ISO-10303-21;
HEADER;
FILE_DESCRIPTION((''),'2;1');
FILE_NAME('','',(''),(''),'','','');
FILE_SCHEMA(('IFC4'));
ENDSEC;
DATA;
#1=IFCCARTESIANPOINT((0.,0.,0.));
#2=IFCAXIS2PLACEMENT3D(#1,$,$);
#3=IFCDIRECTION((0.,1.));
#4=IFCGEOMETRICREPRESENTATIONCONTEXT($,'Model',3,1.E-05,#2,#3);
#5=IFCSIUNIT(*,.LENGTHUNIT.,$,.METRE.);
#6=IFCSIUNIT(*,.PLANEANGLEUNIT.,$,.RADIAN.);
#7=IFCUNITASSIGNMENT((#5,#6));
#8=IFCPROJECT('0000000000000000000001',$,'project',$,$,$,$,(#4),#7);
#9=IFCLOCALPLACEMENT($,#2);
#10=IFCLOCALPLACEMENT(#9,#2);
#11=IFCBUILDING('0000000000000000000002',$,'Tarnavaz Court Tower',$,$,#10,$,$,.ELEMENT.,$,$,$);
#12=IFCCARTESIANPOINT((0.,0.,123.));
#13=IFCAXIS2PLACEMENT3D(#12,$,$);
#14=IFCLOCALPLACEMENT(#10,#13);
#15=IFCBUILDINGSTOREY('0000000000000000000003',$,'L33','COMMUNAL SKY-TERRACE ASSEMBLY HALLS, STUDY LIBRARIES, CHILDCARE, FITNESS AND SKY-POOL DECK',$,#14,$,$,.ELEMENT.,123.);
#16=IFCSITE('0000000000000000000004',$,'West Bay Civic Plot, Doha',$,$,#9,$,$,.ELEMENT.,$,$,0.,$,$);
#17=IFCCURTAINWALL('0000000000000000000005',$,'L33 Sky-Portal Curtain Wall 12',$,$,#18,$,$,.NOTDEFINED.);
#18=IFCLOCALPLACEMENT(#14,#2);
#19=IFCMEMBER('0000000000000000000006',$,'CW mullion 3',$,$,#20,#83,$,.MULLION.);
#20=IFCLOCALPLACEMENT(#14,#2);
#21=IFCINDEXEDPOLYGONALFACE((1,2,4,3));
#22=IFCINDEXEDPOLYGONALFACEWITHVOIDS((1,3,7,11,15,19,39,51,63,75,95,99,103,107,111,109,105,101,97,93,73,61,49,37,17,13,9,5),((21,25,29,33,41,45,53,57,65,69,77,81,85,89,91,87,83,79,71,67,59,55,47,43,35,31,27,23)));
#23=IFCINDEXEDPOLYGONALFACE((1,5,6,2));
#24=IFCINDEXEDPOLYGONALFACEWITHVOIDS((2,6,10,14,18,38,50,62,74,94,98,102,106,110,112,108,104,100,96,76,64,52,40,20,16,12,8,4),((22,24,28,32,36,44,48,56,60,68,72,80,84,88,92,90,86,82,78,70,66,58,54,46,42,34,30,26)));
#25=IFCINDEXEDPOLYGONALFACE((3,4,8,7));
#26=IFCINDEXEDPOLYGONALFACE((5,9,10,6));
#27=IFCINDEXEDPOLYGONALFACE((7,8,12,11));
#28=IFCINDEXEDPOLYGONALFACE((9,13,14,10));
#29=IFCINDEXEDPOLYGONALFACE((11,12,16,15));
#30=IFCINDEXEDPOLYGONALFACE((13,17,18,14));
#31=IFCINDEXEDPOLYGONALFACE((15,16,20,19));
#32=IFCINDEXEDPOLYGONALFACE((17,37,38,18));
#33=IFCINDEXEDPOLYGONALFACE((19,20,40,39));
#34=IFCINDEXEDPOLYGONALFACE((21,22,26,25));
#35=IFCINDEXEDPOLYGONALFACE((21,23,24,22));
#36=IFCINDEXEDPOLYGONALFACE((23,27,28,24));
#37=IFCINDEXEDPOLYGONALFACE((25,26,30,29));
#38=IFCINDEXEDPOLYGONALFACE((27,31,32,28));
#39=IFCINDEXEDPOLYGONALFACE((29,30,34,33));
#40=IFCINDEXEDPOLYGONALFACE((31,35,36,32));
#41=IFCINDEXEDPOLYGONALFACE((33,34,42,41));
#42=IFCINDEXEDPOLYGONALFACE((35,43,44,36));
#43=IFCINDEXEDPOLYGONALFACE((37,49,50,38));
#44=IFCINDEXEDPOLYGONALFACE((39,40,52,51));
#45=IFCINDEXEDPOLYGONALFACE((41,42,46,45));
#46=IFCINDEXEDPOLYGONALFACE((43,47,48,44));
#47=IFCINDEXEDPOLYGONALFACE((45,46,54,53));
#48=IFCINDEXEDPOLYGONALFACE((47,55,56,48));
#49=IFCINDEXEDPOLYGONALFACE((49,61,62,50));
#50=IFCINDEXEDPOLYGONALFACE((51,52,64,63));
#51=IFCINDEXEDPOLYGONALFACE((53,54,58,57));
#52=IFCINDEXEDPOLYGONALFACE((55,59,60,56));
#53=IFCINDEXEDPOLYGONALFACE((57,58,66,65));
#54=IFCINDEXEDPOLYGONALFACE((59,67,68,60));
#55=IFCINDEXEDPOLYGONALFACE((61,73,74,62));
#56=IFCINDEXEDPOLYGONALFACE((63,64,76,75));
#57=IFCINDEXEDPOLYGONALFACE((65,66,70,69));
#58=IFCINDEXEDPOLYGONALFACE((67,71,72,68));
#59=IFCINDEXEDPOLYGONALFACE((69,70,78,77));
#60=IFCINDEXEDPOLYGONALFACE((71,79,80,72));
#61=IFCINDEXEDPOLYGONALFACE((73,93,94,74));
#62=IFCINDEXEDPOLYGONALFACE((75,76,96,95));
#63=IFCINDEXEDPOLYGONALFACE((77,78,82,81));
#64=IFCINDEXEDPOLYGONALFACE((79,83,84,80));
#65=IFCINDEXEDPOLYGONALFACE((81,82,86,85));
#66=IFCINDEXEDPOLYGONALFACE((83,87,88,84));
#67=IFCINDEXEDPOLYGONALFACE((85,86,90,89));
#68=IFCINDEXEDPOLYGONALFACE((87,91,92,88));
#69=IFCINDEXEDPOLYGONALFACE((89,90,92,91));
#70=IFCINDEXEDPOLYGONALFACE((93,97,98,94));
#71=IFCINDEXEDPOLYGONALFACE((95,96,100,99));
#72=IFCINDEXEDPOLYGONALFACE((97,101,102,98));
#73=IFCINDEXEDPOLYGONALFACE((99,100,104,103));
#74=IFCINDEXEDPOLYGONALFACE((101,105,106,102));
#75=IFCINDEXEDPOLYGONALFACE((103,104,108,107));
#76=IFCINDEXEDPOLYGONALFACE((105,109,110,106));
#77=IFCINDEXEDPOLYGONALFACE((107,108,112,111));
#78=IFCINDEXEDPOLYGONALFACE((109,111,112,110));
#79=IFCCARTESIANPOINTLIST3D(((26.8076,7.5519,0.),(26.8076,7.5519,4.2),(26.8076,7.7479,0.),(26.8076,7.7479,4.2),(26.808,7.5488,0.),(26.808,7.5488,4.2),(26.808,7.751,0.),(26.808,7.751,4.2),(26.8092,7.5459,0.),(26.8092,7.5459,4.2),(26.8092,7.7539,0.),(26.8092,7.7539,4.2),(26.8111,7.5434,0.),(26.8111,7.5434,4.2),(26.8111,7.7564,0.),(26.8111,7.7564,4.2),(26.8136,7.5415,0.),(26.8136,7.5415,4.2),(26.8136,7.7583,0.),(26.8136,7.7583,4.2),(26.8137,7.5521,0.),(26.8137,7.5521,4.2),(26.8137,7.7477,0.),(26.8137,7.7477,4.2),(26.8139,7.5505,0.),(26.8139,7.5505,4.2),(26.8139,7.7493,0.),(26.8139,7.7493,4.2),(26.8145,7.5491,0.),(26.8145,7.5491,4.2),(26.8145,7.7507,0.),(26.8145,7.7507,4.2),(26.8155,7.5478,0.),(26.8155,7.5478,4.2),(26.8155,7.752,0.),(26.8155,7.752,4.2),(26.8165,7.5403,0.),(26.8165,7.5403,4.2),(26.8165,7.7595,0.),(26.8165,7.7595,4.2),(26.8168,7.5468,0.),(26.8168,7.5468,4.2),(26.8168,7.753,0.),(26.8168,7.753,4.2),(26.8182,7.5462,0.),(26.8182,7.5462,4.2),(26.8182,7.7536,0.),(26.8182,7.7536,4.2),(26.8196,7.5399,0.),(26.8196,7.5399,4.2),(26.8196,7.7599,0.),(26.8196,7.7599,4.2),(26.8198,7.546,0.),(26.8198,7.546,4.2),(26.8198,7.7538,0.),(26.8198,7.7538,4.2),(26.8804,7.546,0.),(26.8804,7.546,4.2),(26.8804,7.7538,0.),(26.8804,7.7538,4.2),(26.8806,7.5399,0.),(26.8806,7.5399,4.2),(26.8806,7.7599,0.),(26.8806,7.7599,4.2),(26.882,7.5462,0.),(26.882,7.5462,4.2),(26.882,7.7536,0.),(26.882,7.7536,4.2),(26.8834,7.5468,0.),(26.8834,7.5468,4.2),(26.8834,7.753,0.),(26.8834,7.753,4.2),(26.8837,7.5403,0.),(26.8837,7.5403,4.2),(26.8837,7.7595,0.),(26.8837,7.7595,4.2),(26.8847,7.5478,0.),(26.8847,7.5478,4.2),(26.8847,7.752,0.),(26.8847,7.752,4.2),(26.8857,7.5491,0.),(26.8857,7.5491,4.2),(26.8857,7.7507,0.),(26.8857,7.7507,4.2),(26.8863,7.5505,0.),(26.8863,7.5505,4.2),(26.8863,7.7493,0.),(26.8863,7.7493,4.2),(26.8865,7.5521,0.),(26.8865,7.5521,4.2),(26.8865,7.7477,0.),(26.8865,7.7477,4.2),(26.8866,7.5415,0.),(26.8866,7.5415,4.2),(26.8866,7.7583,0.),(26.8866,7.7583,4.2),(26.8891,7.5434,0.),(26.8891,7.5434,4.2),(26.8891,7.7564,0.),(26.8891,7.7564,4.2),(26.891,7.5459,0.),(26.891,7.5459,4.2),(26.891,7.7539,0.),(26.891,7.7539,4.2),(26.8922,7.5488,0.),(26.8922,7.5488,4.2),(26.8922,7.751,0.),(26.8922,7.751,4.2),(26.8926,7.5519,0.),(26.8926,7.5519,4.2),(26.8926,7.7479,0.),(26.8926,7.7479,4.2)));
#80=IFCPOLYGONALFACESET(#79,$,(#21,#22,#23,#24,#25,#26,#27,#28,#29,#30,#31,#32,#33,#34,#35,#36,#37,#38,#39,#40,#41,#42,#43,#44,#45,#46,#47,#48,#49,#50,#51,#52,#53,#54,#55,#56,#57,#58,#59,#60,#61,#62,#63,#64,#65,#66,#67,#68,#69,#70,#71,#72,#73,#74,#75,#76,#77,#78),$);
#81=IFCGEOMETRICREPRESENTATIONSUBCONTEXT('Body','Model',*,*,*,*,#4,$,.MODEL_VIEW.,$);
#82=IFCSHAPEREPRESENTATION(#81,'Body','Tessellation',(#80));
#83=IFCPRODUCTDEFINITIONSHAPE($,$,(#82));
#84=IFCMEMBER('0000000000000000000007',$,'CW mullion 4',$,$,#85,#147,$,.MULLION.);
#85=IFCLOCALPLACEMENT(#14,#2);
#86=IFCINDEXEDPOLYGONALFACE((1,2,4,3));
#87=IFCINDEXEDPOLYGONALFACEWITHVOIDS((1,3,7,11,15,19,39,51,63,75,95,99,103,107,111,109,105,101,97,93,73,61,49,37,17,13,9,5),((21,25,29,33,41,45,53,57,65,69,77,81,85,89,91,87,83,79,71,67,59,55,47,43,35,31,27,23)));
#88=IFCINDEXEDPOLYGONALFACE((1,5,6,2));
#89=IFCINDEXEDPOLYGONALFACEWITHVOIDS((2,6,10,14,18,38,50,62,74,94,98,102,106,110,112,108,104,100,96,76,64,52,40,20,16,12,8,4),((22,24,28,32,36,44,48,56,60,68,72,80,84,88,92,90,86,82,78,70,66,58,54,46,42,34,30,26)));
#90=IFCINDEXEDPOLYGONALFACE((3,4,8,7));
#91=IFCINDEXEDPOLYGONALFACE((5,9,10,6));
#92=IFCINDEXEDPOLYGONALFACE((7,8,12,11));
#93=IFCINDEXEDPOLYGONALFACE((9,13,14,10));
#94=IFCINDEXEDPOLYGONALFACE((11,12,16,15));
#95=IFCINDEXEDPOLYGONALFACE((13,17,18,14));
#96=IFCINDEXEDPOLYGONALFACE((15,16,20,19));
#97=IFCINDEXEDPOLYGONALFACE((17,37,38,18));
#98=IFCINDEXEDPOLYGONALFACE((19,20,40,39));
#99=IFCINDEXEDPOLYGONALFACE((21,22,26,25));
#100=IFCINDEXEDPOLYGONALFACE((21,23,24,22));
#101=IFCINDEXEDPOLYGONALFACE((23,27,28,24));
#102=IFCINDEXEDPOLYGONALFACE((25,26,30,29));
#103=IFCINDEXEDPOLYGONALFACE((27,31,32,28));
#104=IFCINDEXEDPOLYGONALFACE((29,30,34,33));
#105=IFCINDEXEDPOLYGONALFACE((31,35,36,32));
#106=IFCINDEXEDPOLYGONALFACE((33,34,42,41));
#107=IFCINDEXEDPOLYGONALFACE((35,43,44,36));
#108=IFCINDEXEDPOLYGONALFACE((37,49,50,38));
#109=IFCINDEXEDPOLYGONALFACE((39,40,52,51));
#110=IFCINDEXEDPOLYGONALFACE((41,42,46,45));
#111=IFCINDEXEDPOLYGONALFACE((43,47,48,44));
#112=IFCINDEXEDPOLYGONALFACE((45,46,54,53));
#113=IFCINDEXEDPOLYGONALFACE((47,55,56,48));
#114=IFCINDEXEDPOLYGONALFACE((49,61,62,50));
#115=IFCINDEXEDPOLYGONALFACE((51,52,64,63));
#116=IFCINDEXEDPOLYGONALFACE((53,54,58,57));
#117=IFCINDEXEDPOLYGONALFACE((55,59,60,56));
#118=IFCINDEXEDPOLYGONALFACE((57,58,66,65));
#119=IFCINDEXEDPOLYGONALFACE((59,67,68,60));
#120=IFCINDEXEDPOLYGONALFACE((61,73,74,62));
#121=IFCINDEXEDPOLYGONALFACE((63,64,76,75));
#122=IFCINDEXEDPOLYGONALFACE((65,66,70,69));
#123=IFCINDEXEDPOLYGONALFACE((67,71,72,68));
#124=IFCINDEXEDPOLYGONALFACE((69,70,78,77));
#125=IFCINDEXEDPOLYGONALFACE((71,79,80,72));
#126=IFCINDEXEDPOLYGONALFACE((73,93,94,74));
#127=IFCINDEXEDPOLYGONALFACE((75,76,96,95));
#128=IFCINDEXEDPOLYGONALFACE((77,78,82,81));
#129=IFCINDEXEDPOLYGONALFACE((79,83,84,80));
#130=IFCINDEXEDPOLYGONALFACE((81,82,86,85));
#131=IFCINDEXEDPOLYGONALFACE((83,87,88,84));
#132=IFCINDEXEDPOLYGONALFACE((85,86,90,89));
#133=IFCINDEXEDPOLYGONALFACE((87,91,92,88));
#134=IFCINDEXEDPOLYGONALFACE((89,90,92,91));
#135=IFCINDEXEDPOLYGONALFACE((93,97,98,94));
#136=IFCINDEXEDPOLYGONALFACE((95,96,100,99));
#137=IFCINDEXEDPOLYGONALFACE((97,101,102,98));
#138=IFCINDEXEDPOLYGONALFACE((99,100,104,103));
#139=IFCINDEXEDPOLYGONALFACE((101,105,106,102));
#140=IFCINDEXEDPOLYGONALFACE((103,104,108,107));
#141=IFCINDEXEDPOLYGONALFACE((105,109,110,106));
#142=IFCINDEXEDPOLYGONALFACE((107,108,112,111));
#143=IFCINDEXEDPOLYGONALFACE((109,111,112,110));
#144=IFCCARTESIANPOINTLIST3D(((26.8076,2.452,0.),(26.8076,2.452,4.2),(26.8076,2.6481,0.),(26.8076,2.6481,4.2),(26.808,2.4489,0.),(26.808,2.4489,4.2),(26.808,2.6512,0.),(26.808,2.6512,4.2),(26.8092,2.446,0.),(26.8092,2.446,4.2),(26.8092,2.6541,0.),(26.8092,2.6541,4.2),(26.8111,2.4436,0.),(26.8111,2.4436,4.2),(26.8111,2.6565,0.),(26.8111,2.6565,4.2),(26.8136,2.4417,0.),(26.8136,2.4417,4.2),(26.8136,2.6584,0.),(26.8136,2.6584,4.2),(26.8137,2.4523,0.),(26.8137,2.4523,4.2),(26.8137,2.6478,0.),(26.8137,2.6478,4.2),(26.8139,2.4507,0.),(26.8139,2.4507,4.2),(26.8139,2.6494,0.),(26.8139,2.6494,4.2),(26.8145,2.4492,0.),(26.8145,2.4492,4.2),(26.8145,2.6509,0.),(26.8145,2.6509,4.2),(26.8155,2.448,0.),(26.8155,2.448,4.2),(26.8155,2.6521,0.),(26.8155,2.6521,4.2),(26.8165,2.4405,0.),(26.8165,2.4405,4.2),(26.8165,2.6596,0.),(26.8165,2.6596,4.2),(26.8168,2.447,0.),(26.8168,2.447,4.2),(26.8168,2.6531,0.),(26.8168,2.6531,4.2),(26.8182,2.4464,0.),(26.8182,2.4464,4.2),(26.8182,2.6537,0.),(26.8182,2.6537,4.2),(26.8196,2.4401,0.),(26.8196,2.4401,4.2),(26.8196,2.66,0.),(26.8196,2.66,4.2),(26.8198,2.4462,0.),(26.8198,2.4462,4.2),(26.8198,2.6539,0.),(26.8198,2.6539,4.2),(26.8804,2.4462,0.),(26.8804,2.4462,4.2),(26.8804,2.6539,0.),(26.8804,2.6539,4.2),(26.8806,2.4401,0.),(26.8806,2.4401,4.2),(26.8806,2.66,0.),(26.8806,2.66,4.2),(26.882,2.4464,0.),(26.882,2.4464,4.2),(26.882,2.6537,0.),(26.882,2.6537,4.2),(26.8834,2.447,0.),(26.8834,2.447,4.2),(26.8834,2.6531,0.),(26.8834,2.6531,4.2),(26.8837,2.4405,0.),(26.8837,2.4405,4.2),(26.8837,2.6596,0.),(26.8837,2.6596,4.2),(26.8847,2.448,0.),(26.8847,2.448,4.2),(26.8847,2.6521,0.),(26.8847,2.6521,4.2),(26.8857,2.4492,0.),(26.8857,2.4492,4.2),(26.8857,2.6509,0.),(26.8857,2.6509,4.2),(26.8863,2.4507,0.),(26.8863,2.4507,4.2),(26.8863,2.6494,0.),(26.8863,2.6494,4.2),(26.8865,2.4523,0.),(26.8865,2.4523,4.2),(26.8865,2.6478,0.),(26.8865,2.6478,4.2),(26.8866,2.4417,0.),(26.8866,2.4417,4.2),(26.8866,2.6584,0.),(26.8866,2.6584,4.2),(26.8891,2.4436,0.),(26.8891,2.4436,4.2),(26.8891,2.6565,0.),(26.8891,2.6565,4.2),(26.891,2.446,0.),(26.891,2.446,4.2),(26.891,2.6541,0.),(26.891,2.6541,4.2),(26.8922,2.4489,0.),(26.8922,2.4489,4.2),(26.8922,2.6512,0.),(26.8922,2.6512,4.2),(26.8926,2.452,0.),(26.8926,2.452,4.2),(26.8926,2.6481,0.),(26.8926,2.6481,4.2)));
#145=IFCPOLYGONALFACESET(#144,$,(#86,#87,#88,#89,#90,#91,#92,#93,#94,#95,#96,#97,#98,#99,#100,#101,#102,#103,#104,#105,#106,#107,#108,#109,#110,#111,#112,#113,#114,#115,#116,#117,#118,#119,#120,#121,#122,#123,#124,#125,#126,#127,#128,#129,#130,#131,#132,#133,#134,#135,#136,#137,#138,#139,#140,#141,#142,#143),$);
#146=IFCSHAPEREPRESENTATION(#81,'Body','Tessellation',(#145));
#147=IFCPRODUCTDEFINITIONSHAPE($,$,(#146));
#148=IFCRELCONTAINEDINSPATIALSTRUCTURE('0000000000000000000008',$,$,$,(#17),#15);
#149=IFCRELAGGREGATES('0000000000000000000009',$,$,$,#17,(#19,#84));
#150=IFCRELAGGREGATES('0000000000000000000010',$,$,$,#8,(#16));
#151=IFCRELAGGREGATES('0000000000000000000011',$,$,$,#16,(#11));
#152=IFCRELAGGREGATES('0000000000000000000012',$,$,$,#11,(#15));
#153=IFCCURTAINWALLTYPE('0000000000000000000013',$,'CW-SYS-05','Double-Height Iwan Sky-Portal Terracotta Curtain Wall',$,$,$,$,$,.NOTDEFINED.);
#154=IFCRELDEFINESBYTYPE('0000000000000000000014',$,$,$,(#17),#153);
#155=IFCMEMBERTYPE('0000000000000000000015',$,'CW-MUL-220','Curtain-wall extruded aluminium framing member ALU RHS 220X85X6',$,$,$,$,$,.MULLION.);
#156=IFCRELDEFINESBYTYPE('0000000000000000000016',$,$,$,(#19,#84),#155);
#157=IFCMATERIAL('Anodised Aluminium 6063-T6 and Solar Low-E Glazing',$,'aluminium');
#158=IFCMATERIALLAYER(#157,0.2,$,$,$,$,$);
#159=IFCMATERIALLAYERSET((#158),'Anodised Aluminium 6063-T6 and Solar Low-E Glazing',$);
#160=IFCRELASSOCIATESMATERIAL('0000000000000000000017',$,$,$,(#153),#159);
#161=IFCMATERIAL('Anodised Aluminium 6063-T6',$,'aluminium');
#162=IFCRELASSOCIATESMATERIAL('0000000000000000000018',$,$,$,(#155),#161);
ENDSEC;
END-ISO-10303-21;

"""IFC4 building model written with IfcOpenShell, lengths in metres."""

from ifc_helpers import new_model, si_unit, direction, frame, origin, origin_2d, place, context, subcontext, project, spatial, hollow_rectangle, extrude, material, layer, layer_set, material_profile, profile_set, type_object, element, aggregate, save


model = new_model("IFC4")

# Units and contexts
model_context = context("Model", 3, precision=1e-05, world=origin(), true_north=direction((0.0, 1.0)))
body_context = subcontext(model_context, "Body", "Model", "MODEL_VIEW")
ifc_project = project(units=[si_unit("LENGTHUNIT", "METRE"), si_unit("PLANEANGLEUNIT", "RADIAN")], contexts=[model_context])

# Site, building, storey
site_placement = place(None, origin())
site = spatial("IfcSite", under=ifc_project, at=site_placement, Name="West Bay Civic Plot, Doha", CompositionType="ELEMENT", RefElevation=0.0)
building_placement = place(site_placement, origin())
building = spatial("IfcBuilding", under=site, at=building_placement, Name="Tarnavaz Court Tower", CompositionType="ELEMENT")
storey_placement = place(building_placement, frame((0.0, 0.0, 123.0)))
storey = spatial("IfcBuildingStorey", under=building, at=storey_placement, Name="L33", Description="COMMUNAL SKY-TERRACE ASSEMBLY HALLS, STUDY LIBRARIES, CHILDCARE, FITNESS AND SKY-POOL DECK", CompositionType="ELEMENT", Elevation=123.0)

# Curtain wall, members
ifc_material_1 = material(Name="Anodised Aluminium 6063-T6 and Solar Low-E Glazing", Category="aluminium")
ifc_layer_1 = layer(ifc_material_1, 0.2)
ifc_layer_set_1 = layer_set([ifc_layer_1], Name="Anodised Aluminium 6063-T6 and Solar Low-E Glazing")
curtain_wall_type = type_object("IfcCurtainWallType", Name="CW-SYS-05", Description="Double-Height Iwan Sky-Portal Terracotta Curtain Wall", PredefinedType="NOTDEFINED", material=ifc_layer_set_1)
curtain_wall_placement = place(storey_placement, origin())
curtain_wall = element("IfcCurtainWall", 1, at=curtain_wall_placement, inside=storey, type_object=curtain_wall_type, Name="L33 Sky-Portal Curtain Wall 12", PredefinedType="NOTDEFINED")
ifc_material_2 = material(Name="Anodised Aluminium 6063-T6", Category="aluminium")
ifc_material_profile_1 = material_profile(ifc_material_2, hollow_rectangle(XDim=0.085, YDim=0.22, WallThickness=0.0061, InnerFilletRadius=0.0061, OuterFilletRadius=0.012, at=origin_2d()), Name="ALU RHS 220X85X6")
ifc_profile_set_1 = profile_set([ifc_material_profile_1], Name="Anodised Aluminium 6063-T6")
member_type_1 = type_object("IfcMemberType", Name="CW-MUL-220", Description="Curtain-wall extruded aluminium framing member ALU RHS 220X85X6", PredefinedType="MULLION", material=ifc_profile_set_1)
member_1_placement = place(storey_placement, frame((26.8501, 7.6499, 0.0), z_axis=(0.0, 0.0, 1.0), x_axis=(1.0, 0.0, 0.0)))
member_1 = element("IfcMember", 2, at=member_1_placement, type_object=member_type_1, Name="CW mullion 3", PredefinedType="MULLION", context=body_context, shape_type="SweptSolid", body=[
    extrude(hollow_rectangle(XDim=0.085, YDim=0.22, WallThickness=0.0061, InnerFilletRadius=0.0061, OuterFilletRadius=0.012, at=origin_2d()), origin(), (0.0, 0.0, 1.0), 4.2),
])
member_2_placement = place(storey_placement, frame((26.8501, 2.55, 0.0), z_axis=(0.0, 0.0, 1.0), x_axis=(1.0, 0.0, 0.0)))
member_2 = element("IfcMember", 3, at=member_2_placement, type_object=member_type_1, Name="CW mullion 4", PredefinedType="MULLION", context=body_context, shape_type="SweptSolid", body=[
    extrude(hollow_rectangle(XDim=0.085, YDim=0.22, WallThickness=0.0061, InnerFilletRadius=0.0061, OuterFilletRadius=0.012, at=origin_2d()), origin(), (0.0, 0.0, 1.0), 4.2),
])
aggregate(curtain_wall, [member_1, member_2])

save(model, "model.ifc")
